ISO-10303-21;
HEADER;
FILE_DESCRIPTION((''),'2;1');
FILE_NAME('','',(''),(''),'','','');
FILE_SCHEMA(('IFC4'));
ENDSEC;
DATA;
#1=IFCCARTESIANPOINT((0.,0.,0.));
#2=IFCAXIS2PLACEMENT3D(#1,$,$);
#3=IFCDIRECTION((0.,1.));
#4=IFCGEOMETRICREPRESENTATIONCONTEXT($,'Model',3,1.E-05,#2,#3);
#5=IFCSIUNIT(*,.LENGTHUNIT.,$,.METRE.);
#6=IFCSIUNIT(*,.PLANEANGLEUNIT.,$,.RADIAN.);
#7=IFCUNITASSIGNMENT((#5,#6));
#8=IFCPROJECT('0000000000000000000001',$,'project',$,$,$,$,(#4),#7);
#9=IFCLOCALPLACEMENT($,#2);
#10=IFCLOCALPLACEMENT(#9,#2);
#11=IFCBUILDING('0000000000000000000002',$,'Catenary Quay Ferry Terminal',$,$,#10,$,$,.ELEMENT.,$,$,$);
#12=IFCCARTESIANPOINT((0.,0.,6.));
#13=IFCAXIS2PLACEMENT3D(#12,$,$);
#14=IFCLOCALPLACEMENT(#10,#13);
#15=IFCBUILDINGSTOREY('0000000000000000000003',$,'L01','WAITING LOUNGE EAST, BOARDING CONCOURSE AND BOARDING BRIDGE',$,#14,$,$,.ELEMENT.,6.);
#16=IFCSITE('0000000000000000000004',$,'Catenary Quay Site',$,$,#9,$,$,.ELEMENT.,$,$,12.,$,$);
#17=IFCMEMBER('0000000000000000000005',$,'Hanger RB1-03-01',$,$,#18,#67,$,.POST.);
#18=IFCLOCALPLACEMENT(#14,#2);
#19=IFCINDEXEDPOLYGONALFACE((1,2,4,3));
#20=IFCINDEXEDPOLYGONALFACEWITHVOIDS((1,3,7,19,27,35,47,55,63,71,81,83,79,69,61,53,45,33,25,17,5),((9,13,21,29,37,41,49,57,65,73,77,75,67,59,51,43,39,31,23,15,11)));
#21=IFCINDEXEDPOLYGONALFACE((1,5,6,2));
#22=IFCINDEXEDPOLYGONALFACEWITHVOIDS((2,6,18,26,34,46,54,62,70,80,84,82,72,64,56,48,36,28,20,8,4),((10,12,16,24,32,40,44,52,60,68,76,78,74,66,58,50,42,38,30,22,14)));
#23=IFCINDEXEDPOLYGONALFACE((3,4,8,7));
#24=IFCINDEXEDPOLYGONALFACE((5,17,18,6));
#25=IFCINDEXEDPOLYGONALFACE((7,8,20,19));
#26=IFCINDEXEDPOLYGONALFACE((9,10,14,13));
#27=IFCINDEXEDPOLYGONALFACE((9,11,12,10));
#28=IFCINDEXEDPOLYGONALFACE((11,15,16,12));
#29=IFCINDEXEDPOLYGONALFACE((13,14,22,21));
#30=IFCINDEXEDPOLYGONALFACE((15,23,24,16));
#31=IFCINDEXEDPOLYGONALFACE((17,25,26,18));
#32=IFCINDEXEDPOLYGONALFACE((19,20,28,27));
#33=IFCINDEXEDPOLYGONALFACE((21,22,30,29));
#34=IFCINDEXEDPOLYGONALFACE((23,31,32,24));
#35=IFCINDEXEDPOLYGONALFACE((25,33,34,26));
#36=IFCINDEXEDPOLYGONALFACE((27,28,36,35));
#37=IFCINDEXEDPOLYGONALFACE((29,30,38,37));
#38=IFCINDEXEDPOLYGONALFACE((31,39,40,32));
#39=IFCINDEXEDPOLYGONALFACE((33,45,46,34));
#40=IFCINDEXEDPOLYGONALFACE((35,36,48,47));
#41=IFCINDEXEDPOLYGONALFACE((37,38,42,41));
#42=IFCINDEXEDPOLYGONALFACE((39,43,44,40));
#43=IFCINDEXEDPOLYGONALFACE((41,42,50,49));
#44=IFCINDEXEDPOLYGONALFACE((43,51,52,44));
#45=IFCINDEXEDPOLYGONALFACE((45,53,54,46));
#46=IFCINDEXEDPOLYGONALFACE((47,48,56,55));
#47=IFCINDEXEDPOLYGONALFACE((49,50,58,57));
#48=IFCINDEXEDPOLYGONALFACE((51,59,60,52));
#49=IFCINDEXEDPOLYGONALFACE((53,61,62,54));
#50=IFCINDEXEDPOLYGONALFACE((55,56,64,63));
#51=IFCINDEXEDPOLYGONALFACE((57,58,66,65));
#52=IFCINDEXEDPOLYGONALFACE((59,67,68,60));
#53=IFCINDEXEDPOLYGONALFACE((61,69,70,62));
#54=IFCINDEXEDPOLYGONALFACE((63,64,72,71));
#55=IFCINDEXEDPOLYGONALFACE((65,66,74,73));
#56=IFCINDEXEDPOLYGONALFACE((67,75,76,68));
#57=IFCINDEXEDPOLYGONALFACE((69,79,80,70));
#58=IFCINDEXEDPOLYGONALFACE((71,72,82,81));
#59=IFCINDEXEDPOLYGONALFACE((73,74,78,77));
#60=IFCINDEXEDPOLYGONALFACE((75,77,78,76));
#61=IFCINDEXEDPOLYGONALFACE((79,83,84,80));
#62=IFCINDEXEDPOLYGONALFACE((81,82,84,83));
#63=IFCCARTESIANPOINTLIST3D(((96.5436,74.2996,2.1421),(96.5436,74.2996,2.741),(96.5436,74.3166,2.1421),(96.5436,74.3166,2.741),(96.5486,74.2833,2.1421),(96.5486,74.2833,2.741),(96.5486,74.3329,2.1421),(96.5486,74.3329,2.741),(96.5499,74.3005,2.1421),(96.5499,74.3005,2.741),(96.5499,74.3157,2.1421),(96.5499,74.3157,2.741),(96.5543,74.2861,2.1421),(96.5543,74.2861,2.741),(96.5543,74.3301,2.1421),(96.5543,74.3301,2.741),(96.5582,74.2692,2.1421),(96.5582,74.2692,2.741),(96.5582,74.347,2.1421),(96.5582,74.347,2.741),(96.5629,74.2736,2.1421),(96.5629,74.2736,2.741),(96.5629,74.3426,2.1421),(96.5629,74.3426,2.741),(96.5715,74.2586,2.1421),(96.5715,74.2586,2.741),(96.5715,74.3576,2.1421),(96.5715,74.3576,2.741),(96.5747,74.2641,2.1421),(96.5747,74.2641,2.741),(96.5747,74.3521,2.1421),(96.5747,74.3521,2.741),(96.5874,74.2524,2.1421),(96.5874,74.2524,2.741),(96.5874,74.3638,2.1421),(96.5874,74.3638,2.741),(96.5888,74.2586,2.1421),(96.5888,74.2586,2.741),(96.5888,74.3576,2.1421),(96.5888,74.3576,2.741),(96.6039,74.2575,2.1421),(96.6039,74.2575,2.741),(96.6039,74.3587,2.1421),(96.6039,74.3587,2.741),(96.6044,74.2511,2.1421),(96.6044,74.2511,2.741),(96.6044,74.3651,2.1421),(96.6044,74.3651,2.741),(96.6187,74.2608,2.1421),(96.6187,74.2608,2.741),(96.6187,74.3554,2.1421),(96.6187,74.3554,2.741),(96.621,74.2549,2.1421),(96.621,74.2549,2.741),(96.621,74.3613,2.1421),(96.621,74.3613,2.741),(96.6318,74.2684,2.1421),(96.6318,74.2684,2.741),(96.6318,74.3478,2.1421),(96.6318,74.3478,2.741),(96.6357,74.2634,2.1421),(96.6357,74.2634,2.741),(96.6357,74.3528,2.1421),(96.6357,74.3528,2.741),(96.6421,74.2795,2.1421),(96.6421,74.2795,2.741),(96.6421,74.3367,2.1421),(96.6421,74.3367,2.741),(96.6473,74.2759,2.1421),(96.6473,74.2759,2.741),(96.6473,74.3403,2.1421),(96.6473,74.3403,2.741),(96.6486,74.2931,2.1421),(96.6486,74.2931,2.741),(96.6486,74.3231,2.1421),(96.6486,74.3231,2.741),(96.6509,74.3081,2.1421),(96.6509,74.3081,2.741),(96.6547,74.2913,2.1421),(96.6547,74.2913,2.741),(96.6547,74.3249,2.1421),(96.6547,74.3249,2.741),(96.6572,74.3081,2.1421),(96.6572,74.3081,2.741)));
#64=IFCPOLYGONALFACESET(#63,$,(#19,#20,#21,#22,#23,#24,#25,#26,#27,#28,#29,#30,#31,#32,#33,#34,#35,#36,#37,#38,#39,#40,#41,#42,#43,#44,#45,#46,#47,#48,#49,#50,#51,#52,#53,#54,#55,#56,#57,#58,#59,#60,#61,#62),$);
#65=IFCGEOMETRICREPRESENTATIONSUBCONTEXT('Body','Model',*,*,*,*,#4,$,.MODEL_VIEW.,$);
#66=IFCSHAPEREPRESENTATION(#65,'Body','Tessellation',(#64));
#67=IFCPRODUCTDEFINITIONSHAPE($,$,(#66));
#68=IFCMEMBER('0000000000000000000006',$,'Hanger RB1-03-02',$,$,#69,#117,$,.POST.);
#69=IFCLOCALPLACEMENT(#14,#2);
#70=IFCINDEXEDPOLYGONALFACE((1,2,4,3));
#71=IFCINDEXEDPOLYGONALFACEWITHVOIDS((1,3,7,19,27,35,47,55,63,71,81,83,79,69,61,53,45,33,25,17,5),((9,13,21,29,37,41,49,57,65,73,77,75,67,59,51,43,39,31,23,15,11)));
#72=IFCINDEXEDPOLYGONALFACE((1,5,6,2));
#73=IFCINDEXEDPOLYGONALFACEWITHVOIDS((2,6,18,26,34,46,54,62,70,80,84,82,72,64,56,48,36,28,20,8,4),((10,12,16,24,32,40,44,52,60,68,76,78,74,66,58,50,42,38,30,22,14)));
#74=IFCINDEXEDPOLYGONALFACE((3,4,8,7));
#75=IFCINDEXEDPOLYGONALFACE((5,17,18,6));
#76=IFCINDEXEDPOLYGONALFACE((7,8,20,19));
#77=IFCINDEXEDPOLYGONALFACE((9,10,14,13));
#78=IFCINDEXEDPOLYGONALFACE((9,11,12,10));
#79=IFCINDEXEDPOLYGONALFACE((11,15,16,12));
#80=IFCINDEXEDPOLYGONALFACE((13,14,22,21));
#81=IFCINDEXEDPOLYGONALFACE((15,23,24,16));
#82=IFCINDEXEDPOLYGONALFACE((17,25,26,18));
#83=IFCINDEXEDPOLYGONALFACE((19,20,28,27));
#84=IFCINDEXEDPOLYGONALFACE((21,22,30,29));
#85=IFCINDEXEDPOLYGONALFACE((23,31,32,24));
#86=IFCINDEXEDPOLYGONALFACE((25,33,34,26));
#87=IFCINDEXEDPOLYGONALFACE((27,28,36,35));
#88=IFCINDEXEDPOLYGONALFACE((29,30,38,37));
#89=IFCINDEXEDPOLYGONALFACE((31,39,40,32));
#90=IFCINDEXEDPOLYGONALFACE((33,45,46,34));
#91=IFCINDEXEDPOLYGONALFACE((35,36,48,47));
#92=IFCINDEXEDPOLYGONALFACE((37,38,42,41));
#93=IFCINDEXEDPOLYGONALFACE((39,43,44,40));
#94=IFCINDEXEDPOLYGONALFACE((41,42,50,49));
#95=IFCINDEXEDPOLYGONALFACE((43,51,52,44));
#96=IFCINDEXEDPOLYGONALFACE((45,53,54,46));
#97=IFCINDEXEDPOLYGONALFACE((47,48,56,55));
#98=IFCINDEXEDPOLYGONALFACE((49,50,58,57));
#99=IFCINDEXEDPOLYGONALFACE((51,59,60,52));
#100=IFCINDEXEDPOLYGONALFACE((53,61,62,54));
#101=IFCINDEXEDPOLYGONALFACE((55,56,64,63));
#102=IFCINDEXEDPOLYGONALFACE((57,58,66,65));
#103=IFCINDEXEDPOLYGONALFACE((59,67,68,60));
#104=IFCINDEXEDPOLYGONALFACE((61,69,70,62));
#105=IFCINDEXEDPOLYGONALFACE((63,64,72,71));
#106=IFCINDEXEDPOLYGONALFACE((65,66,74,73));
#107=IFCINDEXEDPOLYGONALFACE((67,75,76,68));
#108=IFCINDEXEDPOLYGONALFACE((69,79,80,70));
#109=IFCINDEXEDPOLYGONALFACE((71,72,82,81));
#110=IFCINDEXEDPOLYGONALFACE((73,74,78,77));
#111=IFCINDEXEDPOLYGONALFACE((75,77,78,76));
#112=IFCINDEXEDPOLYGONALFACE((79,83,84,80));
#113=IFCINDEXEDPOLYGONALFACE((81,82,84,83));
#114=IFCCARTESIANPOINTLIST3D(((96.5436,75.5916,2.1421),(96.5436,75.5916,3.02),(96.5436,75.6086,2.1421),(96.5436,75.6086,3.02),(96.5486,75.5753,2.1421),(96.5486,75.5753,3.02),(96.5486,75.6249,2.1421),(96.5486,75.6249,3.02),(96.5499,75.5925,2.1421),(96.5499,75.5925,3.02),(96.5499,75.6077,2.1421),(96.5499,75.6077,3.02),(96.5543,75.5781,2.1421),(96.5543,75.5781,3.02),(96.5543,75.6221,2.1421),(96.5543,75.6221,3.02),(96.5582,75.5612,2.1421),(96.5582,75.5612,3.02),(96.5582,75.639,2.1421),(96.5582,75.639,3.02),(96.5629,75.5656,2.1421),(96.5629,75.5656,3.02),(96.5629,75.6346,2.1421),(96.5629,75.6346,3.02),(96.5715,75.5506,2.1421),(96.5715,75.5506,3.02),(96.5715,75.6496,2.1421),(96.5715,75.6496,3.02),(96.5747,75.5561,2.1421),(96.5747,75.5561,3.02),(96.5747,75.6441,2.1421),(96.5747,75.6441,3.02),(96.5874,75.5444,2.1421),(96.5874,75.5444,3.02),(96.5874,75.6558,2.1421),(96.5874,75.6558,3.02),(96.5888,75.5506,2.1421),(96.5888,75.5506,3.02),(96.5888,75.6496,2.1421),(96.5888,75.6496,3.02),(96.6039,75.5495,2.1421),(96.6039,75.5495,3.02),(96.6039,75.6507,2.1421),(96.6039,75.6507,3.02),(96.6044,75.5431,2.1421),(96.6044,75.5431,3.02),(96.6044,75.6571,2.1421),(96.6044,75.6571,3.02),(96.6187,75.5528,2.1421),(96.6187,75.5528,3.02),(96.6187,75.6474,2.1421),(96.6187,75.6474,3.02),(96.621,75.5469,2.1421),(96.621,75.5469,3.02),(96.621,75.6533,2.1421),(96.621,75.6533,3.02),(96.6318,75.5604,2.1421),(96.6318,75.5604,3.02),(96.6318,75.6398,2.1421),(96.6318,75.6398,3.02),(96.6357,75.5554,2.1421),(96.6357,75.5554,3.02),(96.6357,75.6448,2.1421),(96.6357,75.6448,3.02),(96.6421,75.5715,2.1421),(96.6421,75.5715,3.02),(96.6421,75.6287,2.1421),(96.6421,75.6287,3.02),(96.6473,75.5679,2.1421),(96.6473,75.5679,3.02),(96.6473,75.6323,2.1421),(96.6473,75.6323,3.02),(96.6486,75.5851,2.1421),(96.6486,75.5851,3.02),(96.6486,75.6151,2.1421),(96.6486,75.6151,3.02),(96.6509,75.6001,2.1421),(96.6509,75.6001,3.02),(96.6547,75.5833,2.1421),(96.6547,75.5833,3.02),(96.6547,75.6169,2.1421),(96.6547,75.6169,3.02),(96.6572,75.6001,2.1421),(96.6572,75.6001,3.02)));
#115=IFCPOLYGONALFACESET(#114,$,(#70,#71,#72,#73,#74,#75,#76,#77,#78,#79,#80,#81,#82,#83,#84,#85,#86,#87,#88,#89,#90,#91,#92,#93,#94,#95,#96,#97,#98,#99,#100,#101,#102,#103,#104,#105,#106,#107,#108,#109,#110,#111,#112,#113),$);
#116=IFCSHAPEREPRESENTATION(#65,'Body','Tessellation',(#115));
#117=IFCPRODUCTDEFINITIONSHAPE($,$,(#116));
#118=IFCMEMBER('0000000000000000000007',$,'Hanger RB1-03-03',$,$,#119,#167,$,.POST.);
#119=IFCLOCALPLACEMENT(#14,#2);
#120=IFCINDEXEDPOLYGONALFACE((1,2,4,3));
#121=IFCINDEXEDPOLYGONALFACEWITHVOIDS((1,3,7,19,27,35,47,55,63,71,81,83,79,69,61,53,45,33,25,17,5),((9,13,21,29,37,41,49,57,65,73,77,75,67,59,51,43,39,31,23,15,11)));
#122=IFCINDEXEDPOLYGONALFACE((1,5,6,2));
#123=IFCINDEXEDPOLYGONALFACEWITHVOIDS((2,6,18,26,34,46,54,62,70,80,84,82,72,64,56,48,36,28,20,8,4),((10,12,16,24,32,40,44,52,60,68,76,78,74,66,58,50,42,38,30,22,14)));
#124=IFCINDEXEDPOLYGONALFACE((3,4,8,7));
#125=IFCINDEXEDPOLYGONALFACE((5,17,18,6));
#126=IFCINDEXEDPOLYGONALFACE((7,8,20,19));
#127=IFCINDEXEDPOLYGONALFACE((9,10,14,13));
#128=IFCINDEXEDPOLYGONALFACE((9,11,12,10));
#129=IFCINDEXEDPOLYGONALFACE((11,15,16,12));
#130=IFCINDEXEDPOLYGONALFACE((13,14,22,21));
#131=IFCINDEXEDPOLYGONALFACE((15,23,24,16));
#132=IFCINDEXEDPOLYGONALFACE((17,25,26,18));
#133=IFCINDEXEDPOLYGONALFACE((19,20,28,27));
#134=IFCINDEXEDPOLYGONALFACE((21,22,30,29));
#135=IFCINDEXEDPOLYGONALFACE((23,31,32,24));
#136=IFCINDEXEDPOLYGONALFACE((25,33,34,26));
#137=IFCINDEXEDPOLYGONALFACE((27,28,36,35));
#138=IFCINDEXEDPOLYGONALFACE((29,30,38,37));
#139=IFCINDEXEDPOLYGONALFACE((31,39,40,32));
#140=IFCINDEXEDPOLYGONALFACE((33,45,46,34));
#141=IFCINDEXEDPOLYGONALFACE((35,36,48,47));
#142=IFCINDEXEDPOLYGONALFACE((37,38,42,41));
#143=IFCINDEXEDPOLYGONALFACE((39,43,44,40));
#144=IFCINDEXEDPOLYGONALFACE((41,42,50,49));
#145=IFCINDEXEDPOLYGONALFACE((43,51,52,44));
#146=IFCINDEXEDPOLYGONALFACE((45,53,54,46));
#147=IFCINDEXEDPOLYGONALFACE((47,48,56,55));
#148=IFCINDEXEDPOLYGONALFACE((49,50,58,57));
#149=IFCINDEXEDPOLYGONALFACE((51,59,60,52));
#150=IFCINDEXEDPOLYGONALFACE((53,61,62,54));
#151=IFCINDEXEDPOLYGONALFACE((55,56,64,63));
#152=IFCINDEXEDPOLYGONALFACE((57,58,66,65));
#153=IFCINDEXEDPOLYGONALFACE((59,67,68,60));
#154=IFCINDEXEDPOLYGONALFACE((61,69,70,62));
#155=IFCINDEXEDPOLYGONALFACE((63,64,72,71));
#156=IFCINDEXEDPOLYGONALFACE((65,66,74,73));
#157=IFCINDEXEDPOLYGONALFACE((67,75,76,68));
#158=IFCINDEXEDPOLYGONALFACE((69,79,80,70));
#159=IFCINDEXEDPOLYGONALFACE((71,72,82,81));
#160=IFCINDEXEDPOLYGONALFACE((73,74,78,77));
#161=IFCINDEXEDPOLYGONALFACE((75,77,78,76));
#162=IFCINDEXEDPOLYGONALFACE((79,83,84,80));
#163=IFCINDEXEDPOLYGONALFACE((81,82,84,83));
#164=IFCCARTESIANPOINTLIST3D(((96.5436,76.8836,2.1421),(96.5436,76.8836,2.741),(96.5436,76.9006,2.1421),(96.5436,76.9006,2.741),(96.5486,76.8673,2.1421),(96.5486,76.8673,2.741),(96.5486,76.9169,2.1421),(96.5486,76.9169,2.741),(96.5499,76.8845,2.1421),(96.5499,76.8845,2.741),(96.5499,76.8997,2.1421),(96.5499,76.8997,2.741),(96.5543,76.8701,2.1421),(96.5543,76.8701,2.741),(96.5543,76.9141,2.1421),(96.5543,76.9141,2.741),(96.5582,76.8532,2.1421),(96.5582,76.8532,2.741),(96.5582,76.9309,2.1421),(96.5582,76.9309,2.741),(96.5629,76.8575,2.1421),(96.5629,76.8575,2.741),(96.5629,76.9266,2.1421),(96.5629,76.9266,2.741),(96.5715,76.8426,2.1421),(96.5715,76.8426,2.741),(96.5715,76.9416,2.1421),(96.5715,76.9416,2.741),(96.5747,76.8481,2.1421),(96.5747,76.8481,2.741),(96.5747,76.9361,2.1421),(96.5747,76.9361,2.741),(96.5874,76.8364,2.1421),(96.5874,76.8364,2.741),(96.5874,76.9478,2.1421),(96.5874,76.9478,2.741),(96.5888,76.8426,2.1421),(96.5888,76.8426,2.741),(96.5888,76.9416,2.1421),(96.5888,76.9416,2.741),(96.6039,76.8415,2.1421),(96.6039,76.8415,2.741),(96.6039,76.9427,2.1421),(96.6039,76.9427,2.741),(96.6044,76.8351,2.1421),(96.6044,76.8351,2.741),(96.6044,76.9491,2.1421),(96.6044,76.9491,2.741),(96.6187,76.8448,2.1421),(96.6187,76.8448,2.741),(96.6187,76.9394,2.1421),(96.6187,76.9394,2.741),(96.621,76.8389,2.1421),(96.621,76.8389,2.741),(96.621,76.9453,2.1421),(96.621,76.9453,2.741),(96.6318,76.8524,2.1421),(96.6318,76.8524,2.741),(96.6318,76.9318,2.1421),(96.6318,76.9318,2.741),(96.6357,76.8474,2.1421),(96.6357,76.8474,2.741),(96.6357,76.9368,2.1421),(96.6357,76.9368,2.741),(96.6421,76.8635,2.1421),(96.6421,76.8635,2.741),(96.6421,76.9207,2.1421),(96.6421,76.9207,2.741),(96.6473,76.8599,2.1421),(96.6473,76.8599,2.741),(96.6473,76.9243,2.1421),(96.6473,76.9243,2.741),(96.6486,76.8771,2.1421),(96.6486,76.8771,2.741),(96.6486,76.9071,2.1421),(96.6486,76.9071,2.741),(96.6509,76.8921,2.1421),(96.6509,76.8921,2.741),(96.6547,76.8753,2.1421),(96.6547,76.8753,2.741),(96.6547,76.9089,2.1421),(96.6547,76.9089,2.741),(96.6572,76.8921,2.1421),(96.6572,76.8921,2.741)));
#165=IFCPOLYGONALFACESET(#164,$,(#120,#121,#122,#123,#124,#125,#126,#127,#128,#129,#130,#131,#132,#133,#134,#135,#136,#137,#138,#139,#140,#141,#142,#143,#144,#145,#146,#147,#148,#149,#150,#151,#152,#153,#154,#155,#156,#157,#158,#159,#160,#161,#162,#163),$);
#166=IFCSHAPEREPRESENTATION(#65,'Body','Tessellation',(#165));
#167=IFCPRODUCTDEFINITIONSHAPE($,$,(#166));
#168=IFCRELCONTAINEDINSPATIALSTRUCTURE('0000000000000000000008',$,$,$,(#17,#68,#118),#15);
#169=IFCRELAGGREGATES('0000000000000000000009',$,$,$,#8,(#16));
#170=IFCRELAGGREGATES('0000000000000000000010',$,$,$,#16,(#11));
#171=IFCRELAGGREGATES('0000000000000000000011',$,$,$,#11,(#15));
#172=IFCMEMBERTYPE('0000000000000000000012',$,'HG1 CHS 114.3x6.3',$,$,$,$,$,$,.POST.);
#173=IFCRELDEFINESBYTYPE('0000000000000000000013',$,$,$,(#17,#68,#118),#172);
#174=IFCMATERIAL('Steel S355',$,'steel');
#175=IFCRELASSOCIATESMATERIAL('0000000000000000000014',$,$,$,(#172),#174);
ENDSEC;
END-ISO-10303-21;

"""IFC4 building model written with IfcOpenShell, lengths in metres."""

from ifc_helpers import new_model, si_unit, direction, frame, origin, origin_2d, place, context, subcontext, project, spatial, hollow_circle, extrude, material, material_profile, profile_set, type_object, element, save


model = new_model("IFC4")

# Units and contexts
model_context = context("Model", 3, precision=1e-05, world=origin(), true_north=direction((0.0, 1.0)))
body_context = subcontext(model_context, "Body", "Model", "MODEL_VIEW")
ifc_project = project(units=[si_unit("LENGTHUNIT", "METRE"), si_unit("PLANEANGLEUNIT", "RADIAN")], contexts=[model_context])

# Site, building, storey
site_placement = place(None, origin())
site = spatial("IfcSite", under=ifc_project, at=site_placement, Name="Catenary Quay Site", CompositionType="ELEMENT", RefElevation=12.0)
building_placement = place(site_placement, origin())
building = spatial("IfcBuilding", under=site, at=building_placement, Name="Catenary Quay Ferry Terminal", CompositionType="ELEMENT")
storey_placement = place(building_placement, frame((0.0, 0.0, 6.0)))
storey = spatial("IfcBuildingStorey", under=building, at=storey_placement, Name="L01", Description="WAITING LOUNGE EAST, BOARDING CONCOURSE AND BOARDING BRIDGE", CompositionType="ELEMENT", Elevation=6.0)

# Members
ifc_material_1 = material(Name="Steel S355", Category="steel")
ifc_material_profile_1 = material_profile(ifc_material_1, hollow_circle(Radius=0.0571, WallThickness=0.0063, at=origin_2d()), Name="CHS 114.3x6.3")
ifc_profile_set_1 = profile_set([ifc_material_profile_1], Name="Steel S355")
member_type_1 = type_object("IfcMemberType", Name="HG1 CHS 114.3x6.3", PredefinedType="POST", material=ifc_profile_set_1)
for number, where, z_axis, x_axis, name in (
    (1, (96.6001, 74.3081, 2.1421), (0.0, 0.0, 1.0), (1.0, 0.0, 0.0), "Hanger RB1-03-01"),
):
    element("IfcMember", number, at=place(storey_placement, frame(where, z_axis=z_axis, x_axis=x_axis)), inside=storey, type_object=member_type_1, Name=name, PredefinedType="POST", context=body_context, shape_type="SweptSolid", body=[
        extrude(hollow_circle(Radius=0.0571, WallThickness=0.0063, at=origin_2d()), origin(), (0.0, 0.0, 1.0), 0.5989),
    ])
member_1_placement = place(storey_placement, frame((96.6001, 75.6001, 2.1421), z_axis=(0.0, 0.0, 1.0), x_axis=(1.0, 0.0, 0.0)))
element("IfcMember", 2, at=member_1_placement, inside=storey, type_object=member_type_1, Name="Hanger RB1-03-02", PredefinedType="POST", context=body_context, shape_type="SweptSolid", body=[
    extrude(hollow_circle(Radius=0.0571, WallThickness=0.0063, at=origin_2d()), origin(), (0.0, 0.0, 1.0), 0.8779),
])
member_2_placement = place(storey_placement, frame((96.6001, 76.8921, 2.1421), z_axis=(0.0, 0.0, 1.0), x_axis=(1.0, 0.0, 0.0)))
element("IfcMember", 3, at=member_2_placement, inside=storey, type_object=member_type_1, Name="Hanger RB1-03-03", PredefinedType="POST", context=body_context, shape_type="SweptSolid", body=[
    extrude(hollow_circle(Radius=0.0571, WallThickness=0.0063, at=origin_2d()), origin(), (0.0, 0.0, 1.0), 0.5989),
])

save(model, "model.ifc")
